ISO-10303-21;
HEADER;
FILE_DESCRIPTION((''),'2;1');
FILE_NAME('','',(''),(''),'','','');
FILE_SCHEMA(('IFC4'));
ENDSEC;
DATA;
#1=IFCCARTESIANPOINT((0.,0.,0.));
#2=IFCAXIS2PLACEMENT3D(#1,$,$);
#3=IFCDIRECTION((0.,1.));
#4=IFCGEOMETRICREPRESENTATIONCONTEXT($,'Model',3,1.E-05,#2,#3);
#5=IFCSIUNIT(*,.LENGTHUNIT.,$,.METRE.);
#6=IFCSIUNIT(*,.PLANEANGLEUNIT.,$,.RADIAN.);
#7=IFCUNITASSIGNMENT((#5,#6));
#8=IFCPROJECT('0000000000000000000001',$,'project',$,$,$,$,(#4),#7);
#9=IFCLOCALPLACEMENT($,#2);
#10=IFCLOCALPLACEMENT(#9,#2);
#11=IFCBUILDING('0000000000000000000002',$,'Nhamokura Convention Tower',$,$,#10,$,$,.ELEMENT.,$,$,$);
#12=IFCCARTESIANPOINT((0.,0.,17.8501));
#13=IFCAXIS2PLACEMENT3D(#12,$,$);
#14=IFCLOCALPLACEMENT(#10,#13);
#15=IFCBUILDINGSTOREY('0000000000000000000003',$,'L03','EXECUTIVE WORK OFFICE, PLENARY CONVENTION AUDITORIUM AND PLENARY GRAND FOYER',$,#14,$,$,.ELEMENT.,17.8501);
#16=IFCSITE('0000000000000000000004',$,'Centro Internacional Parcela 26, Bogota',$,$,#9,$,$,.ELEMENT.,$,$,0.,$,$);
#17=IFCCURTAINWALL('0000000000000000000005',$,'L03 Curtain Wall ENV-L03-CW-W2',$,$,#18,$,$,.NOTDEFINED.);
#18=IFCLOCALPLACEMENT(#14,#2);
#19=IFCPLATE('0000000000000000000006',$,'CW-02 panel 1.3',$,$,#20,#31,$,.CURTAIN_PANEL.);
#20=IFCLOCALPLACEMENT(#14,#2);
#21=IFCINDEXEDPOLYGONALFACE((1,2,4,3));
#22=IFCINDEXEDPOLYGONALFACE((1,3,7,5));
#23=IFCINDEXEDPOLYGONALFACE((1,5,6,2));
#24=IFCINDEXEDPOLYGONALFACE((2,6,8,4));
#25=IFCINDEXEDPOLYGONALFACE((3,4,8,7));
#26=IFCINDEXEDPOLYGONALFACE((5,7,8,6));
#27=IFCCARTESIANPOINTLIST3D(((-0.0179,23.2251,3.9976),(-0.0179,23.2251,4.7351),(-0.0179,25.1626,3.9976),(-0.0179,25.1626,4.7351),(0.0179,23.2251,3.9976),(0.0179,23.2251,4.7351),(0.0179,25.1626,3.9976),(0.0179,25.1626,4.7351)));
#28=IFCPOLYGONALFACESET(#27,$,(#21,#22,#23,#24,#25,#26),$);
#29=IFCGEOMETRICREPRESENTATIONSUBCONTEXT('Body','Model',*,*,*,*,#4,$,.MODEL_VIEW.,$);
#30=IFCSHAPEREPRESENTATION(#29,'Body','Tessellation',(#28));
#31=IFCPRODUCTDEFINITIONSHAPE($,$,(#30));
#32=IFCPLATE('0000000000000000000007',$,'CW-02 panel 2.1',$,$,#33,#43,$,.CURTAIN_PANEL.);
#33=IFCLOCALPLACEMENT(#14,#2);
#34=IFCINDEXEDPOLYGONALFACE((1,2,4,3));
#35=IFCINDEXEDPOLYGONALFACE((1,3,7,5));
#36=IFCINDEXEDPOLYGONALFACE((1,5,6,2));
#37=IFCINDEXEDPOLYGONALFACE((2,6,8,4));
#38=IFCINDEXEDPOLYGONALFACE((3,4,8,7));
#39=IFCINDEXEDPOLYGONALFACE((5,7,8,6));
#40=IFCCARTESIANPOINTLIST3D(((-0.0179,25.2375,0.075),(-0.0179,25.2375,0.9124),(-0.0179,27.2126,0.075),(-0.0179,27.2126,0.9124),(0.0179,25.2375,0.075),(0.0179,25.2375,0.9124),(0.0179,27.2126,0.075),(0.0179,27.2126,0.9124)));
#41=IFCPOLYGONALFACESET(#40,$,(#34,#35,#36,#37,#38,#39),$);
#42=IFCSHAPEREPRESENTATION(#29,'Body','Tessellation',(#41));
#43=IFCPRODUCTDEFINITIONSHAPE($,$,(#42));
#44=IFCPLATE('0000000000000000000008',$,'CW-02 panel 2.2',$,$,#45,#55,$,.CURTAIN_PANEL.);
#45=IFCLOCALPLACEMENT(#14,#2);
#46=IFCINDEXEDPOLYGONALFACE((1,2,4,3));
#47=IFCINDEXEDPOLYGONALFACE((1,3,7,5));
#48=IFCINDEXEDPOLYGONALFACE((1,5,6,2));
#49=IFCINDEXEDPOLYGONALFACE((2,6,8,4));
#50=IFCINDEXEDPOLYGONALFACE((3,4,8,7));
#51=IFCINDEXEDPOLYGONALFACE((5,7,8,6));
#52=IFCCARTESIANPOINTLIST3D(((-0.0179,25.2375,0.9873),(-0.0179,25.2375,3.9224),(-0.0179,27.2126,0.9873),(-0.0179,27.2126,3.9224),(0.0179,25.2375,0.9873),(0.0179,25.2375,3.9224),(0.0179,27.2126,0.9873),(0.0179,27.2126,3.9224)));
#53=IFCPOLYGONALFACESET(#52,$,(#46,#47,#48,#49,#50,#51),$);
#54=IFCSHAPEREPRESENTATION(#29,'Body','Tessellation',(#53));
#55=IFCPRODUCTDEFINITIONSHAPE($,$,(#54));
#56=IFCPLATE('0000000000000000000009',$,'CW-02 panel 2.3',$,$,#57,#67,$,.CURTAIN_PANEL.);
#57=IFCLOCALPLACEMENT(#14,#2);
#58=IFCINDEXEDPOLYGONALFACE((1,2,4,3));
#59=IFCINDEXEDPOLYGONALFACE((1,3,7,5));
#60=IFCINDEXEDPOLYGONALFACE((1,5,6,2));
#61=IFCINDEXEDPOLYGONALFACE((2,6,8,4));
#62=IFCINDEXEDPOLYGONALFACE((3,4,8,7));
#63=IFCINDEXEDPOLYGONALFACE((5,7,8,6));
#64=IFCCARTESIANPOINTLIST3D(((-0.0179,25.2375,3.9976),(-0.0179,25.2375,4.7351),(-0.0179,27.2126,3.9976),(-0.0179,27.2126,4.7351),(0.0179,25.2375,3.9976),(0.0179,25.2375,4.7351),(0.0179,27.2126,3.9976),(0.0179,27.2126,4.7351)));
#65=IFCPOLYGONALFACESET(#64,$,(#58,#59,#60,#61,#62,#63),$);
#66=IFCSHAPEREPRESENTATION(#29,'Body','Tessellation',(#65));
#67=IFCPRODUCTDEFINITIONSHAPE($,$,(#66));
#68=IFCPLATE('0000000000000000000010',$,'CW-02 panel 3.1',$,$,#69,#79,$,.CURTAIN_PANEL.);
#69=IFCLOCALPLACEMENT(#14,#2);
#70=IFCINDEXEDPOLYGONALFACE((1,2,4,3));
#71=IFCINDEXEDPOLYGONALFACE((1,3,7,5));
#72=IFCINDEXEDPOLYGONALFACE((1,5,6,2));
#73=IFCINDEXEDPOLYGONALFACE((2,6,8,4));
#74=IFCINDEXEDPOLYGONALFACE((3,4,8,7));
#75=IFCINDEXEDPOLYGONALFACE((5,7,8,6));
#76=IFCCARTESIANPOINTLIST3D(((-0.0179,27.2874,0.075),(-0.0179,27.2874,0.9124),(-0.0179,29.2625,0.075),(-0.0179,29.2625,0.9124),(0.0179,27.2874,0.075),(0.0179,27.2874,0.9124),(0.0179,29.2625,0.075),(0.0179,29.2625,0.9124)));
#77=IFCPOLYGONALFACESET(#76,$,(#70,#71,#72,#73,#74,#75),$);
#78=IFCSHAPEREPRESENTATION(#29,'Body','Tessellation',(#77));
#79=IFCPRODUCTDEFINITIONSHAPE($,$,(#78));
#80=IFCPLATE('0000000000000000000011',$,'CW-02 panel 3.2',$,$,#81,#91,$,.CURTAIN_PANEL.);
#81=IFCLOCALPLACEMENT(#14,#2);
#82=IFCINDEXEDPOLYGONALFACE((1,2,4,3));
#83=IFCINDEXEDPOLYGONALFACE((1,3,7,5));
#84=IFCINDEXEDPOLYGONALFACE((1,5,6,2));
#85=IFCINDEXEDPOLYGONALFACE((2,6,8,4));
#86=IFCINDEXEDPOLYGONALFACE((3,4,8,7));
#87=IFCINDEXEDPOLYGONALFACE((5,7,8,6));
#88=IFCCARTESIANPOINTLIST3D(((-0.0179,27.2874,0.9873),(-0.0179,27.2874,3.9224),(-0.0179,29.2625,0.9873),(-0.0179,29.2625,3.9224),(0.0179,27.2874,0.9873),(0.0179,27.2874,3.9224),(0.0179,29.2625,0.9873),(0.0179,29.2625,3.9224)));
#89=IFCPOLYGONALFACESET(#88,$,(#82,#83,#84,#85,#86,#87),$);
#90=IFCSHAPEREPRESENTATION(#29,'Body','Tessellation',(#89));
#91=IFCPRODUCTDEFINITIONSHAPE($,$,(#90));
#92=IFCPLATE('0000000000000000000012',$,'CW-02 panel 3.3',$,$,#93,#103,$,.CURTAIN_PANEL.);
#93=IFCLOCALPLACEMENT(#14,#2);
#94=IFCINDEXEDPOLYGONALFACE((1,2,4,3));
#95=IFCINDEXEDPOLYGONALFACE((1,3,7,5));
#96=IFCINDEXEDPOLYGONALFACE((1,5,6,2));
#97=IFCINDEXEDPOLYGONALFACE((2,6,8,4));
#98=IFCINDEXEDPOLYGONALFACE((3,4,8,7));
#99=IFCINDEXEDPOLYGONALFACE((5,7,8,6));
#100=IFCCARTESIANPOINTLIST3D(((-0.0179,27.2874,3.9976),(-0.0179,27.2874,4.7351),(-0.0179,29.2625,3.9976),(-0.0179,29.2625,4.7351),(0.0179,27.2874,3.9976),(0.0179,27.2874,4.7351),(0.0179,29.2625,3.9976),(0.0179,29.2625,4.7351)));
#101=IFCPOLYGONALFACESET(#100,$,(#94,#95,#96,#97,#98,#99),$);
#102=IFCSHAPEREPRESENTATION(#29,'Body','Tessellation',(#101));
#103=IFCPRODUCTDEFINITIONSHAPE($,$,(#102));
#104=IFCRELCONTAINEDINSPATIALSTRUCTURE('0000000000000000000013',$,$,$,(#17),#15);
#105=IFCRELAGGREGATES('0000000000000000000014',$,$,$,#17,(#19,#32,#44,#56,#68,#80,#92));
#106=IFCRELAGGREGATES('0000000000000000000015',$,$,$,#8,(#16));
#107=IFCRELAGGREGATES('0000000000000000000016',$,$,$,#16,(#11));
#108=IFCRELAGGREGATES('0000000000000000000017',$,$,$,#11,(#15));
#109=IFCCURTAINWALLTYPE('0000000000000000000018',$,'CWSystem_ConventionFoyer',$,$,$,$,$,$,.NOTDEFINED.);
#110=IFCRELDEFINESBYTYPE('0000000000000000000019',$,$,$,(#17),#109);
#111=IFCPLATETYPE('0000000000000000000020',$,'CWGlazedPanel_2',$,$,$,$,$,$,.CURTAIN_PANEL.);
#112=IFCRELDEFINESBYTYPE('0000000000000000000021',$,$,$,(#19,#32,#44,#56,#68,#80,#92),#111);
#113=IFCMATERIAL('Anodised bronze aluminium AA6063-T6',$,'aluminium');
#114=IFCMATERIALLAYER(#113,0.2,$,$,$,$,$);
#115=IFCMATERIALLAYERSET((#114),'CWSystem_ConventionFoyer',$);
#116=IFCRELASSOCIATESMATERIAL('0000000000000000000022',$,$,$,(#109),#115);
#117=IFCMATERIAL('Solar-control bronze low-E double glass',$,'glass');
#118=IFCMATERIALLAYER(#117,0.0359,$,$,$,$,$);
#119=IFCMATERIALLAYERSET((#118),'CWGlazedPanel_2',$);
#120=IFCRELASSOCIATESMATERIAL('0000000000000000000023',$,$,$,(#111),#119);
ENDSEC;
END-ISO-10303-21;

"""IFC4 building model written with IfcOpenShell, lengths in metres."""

from ifc_helpers import new_model, si_unit, direction, frame, origin, origin_2d, place, context, subcontext, project, spatial, rectangle, extrude, material, layer, layer_set, type_object, element, aggregate, save


model = new_model("IFC4")

# Units and contexts
model_context = context("Model", 3, precision=1e-05, world=origin(), true_north=direction((0.0, 1.0)))
body_context = subcontext(model_context, "Body", "Model", "MODEL_VIEW")
ifc_project = project(units=[si_unit("LENGTHUNIT", "METRE"), si_unit("PLANEANGLEUNIT", "RADIAN")], contexts=[model_context])

# Site, building, storey
site_placement = place(None, origin())
site = spatial("IfcSite", under=ifc_project, at=site_placement, Name="Centro Internacional Parcela 26, Bogota", CompositionType="ELEMENT", RefElevation=0.0)
building_placement = place(site_placement, origin())
building = spatial("IfcBuilding", under=site, at=building_placement, Name="Nhamokura Convention Tower", CompositionType="ELEMENT")
storey_placement = place(building_placement, frame((0.0, 0.0, 17.8501)))
storey = spatial("IfcBuildingStorey", under=building, at=storey_placement, Name="L03", Description="EXECUTIVE WORK OFFICE, PLENARY CONVENTION AUDITORIUM AND PLENARY GRAND FOYER", CompositionType="ELEMENT", Elevation=17.8501)

# Curtain wall
ifc_material_1 = material(Name="Anodised bronze aluminium AA6063-T6", Category="aluminium")
ifc_layer_1 = layer(ifc_material_1, 0.2)
ifc_layer_set_1 = layer_set([ifc_layer_1], Name="CWSystem_ConventionFoyer")
curtain_wall_type = type_object("IfcCurtainWallType", Name="CWSystem_ConventionFoyer", PredefinedType="NOTDEFINED", material=ifc_layer_set_1)
curtain_wall_placement = place(storey_placement, origin())
curtain_wall = element("IfcCurtainWall", 1, at=curtain_wall_placement, inside=storey, type_object=curtain_wall_type, Name="L03 Curtain Wall ENV-L03-CW-W2", PredefinedType="NOTDEFINED")

# Plates
ifc_material_2 = material(Name="Solar-control bronze low-E double glass", Category="glass")
ifc_layer_2 = layer(ifc_material_2, 0.0359)
ifc_layer_set_2 = layer_set([ifc_layer_2], Name="CWGlazedPanel_2")
plate_type = type_object("IfcPlateType", Name="CWGlazedPanel_2", PredefinedType="CURTAIN_PANEL", material=ifc_layer_set_2)
plate_1_placement = place(storey_placement, frame((0.0, 24.1938, 3.9976), z_axis=(0.0, 0.0, 1.0), x_axis=(0.0, 1.0, 0.0)))
plate_1 = element("IfcPlate", 2, at=plate_1_placement, type_object=plate_type, Name="CW-02 panel 1.3", PredefinedType="CURTAIN_PANEL", context=body_context, shape_type="SweptSolid", body=[
    extrude(rectangle(XDim=1.9375, YDim=0.0359, at=origin_2d()), origin(), (0.0, 0.0, 1.0), 0.7375),
])
plate_2_placement = place(storey_placement, frame((0.0, 26.2251, 0.075), z_axis=(0.0, 0.0, 1.0), x_axis=(0.0, 1.0, 0.0)))
plate_2 = element("IfcPlate", 3, at=plate_2_placement, type_object=plate_type, Name="CW-02 panel 2.1", PredefinedType="CURTAIN_PANEL", context=body_context, shape_type="SweptSolid", body=[
    extrude(rectangle(XDim=1.9751, YDim=0.0359, at=origin_2d()), origin(), (0.0, 0.0, 1.0), 0.8374),
])
plate_3_placement = place(storey_placement, frame((0.0, 26.2251, 0.9873), z_axis=(0.0, 0.0, 1.0), x_axis=(0.0, 1.0, 0.0)))
plate_3 = element("IfcPlate", 4, at=plate_3_placement, type_object=plate_type, Name="CW-02 panel 2.2", PredefinedType="CURTAIN_PANEL", context=body_context, shape_type="SweptSolid", body=[
    extrude(rectangle(XDim=1.9751, YDim=0.0359, at=origin_2d()), origin(), (0.0, 0.0, 1.0), 2.9351),
])
plate_4_placement = place(storey_placement, frame((0.0, 26.2251, 3.9976), z_axis=(0.0, 0.0, 1.0), x_axis=(0.0, 1.0, 0.0)))
plate_4 = element("IfcPlate", 5, at=plate_4_placement, type_object=plate_type, Name="CW-02 panel 2.3", PredefinedType="CURTAIN_PANEL", context=body_context, shape_type="SweptSolid", body=[
    extrude(rectangle(XDim=1.9751, YDim=0.0359, at=origin_2d()), origin(), (0.0, 0.0, 1.0), 0.7375),
])
plate_5_placement = place(storey_placement, frame((0.0, 28.2749, 0.075), z_axis=(0.0, 0.0, 1.0), x_axis=(0.0, 1.0, 0.0)))
plate_5 = element("IfcPlate", 6, at=plate_5_placement, type_object=plate_type, Name="CW-02 panel 3.1", PredefinedType="CURTAIN_PANEL", context=body_context, shape_type="SweptSolid", body=[
    extrude(rectangle(XDim=1.9751, YDim=0.0359, at=origin_2d()), origin(), (0.0, 0.0, 1.0), 0.8374),
])
plate_6_placement = place(storey_placement, frame((0.0, 28.2749, 0.9873), z_axis=(0.0, 0.0, 1.0), x_axis=(0.0, 1.0, 0.0)))
plate_6 = element("IfcPlate", 7, at=plate_6_placement, type_object=plate_type, Name="CW-02 panel 3.2", PredefinedType="CURTAIN_PANEL", context=body_context, shape_type="SweptSolid", body=[
    extrude(rectangle(XDim=1.9751, YDim=0.0359, at=origin_2d()), origin(), (0.0, 0.0, 1.0), 2.9351),
])
plate_7_placement = place(storey_placement, frame((0.0, 28.2749, 3.9976), z_axis=(0.0, 0.0, 1.0), x_axis=(0.0, 1.0, 0.0)))
plate_7 = element("IfcPlate", 8, at=plate_7_placement, type_object=plate_type, Name="CW-02 panel 3.3", PredefinedType="CURTAIN_PANEL", context=body_context, shape_type="SweptSolid", body=[
    extrude(rectangle(XDim=1.9751, YDim=0.0359, at=origin_2d()), origin(), (0.0, 0.0, 1.0), 0.7375),
])
aggregate(curtain_wall, [plate_1, plate_2, plate_3, plate_4, plate_5, plate_6, plate_7])

save(model, "model.ifc")
